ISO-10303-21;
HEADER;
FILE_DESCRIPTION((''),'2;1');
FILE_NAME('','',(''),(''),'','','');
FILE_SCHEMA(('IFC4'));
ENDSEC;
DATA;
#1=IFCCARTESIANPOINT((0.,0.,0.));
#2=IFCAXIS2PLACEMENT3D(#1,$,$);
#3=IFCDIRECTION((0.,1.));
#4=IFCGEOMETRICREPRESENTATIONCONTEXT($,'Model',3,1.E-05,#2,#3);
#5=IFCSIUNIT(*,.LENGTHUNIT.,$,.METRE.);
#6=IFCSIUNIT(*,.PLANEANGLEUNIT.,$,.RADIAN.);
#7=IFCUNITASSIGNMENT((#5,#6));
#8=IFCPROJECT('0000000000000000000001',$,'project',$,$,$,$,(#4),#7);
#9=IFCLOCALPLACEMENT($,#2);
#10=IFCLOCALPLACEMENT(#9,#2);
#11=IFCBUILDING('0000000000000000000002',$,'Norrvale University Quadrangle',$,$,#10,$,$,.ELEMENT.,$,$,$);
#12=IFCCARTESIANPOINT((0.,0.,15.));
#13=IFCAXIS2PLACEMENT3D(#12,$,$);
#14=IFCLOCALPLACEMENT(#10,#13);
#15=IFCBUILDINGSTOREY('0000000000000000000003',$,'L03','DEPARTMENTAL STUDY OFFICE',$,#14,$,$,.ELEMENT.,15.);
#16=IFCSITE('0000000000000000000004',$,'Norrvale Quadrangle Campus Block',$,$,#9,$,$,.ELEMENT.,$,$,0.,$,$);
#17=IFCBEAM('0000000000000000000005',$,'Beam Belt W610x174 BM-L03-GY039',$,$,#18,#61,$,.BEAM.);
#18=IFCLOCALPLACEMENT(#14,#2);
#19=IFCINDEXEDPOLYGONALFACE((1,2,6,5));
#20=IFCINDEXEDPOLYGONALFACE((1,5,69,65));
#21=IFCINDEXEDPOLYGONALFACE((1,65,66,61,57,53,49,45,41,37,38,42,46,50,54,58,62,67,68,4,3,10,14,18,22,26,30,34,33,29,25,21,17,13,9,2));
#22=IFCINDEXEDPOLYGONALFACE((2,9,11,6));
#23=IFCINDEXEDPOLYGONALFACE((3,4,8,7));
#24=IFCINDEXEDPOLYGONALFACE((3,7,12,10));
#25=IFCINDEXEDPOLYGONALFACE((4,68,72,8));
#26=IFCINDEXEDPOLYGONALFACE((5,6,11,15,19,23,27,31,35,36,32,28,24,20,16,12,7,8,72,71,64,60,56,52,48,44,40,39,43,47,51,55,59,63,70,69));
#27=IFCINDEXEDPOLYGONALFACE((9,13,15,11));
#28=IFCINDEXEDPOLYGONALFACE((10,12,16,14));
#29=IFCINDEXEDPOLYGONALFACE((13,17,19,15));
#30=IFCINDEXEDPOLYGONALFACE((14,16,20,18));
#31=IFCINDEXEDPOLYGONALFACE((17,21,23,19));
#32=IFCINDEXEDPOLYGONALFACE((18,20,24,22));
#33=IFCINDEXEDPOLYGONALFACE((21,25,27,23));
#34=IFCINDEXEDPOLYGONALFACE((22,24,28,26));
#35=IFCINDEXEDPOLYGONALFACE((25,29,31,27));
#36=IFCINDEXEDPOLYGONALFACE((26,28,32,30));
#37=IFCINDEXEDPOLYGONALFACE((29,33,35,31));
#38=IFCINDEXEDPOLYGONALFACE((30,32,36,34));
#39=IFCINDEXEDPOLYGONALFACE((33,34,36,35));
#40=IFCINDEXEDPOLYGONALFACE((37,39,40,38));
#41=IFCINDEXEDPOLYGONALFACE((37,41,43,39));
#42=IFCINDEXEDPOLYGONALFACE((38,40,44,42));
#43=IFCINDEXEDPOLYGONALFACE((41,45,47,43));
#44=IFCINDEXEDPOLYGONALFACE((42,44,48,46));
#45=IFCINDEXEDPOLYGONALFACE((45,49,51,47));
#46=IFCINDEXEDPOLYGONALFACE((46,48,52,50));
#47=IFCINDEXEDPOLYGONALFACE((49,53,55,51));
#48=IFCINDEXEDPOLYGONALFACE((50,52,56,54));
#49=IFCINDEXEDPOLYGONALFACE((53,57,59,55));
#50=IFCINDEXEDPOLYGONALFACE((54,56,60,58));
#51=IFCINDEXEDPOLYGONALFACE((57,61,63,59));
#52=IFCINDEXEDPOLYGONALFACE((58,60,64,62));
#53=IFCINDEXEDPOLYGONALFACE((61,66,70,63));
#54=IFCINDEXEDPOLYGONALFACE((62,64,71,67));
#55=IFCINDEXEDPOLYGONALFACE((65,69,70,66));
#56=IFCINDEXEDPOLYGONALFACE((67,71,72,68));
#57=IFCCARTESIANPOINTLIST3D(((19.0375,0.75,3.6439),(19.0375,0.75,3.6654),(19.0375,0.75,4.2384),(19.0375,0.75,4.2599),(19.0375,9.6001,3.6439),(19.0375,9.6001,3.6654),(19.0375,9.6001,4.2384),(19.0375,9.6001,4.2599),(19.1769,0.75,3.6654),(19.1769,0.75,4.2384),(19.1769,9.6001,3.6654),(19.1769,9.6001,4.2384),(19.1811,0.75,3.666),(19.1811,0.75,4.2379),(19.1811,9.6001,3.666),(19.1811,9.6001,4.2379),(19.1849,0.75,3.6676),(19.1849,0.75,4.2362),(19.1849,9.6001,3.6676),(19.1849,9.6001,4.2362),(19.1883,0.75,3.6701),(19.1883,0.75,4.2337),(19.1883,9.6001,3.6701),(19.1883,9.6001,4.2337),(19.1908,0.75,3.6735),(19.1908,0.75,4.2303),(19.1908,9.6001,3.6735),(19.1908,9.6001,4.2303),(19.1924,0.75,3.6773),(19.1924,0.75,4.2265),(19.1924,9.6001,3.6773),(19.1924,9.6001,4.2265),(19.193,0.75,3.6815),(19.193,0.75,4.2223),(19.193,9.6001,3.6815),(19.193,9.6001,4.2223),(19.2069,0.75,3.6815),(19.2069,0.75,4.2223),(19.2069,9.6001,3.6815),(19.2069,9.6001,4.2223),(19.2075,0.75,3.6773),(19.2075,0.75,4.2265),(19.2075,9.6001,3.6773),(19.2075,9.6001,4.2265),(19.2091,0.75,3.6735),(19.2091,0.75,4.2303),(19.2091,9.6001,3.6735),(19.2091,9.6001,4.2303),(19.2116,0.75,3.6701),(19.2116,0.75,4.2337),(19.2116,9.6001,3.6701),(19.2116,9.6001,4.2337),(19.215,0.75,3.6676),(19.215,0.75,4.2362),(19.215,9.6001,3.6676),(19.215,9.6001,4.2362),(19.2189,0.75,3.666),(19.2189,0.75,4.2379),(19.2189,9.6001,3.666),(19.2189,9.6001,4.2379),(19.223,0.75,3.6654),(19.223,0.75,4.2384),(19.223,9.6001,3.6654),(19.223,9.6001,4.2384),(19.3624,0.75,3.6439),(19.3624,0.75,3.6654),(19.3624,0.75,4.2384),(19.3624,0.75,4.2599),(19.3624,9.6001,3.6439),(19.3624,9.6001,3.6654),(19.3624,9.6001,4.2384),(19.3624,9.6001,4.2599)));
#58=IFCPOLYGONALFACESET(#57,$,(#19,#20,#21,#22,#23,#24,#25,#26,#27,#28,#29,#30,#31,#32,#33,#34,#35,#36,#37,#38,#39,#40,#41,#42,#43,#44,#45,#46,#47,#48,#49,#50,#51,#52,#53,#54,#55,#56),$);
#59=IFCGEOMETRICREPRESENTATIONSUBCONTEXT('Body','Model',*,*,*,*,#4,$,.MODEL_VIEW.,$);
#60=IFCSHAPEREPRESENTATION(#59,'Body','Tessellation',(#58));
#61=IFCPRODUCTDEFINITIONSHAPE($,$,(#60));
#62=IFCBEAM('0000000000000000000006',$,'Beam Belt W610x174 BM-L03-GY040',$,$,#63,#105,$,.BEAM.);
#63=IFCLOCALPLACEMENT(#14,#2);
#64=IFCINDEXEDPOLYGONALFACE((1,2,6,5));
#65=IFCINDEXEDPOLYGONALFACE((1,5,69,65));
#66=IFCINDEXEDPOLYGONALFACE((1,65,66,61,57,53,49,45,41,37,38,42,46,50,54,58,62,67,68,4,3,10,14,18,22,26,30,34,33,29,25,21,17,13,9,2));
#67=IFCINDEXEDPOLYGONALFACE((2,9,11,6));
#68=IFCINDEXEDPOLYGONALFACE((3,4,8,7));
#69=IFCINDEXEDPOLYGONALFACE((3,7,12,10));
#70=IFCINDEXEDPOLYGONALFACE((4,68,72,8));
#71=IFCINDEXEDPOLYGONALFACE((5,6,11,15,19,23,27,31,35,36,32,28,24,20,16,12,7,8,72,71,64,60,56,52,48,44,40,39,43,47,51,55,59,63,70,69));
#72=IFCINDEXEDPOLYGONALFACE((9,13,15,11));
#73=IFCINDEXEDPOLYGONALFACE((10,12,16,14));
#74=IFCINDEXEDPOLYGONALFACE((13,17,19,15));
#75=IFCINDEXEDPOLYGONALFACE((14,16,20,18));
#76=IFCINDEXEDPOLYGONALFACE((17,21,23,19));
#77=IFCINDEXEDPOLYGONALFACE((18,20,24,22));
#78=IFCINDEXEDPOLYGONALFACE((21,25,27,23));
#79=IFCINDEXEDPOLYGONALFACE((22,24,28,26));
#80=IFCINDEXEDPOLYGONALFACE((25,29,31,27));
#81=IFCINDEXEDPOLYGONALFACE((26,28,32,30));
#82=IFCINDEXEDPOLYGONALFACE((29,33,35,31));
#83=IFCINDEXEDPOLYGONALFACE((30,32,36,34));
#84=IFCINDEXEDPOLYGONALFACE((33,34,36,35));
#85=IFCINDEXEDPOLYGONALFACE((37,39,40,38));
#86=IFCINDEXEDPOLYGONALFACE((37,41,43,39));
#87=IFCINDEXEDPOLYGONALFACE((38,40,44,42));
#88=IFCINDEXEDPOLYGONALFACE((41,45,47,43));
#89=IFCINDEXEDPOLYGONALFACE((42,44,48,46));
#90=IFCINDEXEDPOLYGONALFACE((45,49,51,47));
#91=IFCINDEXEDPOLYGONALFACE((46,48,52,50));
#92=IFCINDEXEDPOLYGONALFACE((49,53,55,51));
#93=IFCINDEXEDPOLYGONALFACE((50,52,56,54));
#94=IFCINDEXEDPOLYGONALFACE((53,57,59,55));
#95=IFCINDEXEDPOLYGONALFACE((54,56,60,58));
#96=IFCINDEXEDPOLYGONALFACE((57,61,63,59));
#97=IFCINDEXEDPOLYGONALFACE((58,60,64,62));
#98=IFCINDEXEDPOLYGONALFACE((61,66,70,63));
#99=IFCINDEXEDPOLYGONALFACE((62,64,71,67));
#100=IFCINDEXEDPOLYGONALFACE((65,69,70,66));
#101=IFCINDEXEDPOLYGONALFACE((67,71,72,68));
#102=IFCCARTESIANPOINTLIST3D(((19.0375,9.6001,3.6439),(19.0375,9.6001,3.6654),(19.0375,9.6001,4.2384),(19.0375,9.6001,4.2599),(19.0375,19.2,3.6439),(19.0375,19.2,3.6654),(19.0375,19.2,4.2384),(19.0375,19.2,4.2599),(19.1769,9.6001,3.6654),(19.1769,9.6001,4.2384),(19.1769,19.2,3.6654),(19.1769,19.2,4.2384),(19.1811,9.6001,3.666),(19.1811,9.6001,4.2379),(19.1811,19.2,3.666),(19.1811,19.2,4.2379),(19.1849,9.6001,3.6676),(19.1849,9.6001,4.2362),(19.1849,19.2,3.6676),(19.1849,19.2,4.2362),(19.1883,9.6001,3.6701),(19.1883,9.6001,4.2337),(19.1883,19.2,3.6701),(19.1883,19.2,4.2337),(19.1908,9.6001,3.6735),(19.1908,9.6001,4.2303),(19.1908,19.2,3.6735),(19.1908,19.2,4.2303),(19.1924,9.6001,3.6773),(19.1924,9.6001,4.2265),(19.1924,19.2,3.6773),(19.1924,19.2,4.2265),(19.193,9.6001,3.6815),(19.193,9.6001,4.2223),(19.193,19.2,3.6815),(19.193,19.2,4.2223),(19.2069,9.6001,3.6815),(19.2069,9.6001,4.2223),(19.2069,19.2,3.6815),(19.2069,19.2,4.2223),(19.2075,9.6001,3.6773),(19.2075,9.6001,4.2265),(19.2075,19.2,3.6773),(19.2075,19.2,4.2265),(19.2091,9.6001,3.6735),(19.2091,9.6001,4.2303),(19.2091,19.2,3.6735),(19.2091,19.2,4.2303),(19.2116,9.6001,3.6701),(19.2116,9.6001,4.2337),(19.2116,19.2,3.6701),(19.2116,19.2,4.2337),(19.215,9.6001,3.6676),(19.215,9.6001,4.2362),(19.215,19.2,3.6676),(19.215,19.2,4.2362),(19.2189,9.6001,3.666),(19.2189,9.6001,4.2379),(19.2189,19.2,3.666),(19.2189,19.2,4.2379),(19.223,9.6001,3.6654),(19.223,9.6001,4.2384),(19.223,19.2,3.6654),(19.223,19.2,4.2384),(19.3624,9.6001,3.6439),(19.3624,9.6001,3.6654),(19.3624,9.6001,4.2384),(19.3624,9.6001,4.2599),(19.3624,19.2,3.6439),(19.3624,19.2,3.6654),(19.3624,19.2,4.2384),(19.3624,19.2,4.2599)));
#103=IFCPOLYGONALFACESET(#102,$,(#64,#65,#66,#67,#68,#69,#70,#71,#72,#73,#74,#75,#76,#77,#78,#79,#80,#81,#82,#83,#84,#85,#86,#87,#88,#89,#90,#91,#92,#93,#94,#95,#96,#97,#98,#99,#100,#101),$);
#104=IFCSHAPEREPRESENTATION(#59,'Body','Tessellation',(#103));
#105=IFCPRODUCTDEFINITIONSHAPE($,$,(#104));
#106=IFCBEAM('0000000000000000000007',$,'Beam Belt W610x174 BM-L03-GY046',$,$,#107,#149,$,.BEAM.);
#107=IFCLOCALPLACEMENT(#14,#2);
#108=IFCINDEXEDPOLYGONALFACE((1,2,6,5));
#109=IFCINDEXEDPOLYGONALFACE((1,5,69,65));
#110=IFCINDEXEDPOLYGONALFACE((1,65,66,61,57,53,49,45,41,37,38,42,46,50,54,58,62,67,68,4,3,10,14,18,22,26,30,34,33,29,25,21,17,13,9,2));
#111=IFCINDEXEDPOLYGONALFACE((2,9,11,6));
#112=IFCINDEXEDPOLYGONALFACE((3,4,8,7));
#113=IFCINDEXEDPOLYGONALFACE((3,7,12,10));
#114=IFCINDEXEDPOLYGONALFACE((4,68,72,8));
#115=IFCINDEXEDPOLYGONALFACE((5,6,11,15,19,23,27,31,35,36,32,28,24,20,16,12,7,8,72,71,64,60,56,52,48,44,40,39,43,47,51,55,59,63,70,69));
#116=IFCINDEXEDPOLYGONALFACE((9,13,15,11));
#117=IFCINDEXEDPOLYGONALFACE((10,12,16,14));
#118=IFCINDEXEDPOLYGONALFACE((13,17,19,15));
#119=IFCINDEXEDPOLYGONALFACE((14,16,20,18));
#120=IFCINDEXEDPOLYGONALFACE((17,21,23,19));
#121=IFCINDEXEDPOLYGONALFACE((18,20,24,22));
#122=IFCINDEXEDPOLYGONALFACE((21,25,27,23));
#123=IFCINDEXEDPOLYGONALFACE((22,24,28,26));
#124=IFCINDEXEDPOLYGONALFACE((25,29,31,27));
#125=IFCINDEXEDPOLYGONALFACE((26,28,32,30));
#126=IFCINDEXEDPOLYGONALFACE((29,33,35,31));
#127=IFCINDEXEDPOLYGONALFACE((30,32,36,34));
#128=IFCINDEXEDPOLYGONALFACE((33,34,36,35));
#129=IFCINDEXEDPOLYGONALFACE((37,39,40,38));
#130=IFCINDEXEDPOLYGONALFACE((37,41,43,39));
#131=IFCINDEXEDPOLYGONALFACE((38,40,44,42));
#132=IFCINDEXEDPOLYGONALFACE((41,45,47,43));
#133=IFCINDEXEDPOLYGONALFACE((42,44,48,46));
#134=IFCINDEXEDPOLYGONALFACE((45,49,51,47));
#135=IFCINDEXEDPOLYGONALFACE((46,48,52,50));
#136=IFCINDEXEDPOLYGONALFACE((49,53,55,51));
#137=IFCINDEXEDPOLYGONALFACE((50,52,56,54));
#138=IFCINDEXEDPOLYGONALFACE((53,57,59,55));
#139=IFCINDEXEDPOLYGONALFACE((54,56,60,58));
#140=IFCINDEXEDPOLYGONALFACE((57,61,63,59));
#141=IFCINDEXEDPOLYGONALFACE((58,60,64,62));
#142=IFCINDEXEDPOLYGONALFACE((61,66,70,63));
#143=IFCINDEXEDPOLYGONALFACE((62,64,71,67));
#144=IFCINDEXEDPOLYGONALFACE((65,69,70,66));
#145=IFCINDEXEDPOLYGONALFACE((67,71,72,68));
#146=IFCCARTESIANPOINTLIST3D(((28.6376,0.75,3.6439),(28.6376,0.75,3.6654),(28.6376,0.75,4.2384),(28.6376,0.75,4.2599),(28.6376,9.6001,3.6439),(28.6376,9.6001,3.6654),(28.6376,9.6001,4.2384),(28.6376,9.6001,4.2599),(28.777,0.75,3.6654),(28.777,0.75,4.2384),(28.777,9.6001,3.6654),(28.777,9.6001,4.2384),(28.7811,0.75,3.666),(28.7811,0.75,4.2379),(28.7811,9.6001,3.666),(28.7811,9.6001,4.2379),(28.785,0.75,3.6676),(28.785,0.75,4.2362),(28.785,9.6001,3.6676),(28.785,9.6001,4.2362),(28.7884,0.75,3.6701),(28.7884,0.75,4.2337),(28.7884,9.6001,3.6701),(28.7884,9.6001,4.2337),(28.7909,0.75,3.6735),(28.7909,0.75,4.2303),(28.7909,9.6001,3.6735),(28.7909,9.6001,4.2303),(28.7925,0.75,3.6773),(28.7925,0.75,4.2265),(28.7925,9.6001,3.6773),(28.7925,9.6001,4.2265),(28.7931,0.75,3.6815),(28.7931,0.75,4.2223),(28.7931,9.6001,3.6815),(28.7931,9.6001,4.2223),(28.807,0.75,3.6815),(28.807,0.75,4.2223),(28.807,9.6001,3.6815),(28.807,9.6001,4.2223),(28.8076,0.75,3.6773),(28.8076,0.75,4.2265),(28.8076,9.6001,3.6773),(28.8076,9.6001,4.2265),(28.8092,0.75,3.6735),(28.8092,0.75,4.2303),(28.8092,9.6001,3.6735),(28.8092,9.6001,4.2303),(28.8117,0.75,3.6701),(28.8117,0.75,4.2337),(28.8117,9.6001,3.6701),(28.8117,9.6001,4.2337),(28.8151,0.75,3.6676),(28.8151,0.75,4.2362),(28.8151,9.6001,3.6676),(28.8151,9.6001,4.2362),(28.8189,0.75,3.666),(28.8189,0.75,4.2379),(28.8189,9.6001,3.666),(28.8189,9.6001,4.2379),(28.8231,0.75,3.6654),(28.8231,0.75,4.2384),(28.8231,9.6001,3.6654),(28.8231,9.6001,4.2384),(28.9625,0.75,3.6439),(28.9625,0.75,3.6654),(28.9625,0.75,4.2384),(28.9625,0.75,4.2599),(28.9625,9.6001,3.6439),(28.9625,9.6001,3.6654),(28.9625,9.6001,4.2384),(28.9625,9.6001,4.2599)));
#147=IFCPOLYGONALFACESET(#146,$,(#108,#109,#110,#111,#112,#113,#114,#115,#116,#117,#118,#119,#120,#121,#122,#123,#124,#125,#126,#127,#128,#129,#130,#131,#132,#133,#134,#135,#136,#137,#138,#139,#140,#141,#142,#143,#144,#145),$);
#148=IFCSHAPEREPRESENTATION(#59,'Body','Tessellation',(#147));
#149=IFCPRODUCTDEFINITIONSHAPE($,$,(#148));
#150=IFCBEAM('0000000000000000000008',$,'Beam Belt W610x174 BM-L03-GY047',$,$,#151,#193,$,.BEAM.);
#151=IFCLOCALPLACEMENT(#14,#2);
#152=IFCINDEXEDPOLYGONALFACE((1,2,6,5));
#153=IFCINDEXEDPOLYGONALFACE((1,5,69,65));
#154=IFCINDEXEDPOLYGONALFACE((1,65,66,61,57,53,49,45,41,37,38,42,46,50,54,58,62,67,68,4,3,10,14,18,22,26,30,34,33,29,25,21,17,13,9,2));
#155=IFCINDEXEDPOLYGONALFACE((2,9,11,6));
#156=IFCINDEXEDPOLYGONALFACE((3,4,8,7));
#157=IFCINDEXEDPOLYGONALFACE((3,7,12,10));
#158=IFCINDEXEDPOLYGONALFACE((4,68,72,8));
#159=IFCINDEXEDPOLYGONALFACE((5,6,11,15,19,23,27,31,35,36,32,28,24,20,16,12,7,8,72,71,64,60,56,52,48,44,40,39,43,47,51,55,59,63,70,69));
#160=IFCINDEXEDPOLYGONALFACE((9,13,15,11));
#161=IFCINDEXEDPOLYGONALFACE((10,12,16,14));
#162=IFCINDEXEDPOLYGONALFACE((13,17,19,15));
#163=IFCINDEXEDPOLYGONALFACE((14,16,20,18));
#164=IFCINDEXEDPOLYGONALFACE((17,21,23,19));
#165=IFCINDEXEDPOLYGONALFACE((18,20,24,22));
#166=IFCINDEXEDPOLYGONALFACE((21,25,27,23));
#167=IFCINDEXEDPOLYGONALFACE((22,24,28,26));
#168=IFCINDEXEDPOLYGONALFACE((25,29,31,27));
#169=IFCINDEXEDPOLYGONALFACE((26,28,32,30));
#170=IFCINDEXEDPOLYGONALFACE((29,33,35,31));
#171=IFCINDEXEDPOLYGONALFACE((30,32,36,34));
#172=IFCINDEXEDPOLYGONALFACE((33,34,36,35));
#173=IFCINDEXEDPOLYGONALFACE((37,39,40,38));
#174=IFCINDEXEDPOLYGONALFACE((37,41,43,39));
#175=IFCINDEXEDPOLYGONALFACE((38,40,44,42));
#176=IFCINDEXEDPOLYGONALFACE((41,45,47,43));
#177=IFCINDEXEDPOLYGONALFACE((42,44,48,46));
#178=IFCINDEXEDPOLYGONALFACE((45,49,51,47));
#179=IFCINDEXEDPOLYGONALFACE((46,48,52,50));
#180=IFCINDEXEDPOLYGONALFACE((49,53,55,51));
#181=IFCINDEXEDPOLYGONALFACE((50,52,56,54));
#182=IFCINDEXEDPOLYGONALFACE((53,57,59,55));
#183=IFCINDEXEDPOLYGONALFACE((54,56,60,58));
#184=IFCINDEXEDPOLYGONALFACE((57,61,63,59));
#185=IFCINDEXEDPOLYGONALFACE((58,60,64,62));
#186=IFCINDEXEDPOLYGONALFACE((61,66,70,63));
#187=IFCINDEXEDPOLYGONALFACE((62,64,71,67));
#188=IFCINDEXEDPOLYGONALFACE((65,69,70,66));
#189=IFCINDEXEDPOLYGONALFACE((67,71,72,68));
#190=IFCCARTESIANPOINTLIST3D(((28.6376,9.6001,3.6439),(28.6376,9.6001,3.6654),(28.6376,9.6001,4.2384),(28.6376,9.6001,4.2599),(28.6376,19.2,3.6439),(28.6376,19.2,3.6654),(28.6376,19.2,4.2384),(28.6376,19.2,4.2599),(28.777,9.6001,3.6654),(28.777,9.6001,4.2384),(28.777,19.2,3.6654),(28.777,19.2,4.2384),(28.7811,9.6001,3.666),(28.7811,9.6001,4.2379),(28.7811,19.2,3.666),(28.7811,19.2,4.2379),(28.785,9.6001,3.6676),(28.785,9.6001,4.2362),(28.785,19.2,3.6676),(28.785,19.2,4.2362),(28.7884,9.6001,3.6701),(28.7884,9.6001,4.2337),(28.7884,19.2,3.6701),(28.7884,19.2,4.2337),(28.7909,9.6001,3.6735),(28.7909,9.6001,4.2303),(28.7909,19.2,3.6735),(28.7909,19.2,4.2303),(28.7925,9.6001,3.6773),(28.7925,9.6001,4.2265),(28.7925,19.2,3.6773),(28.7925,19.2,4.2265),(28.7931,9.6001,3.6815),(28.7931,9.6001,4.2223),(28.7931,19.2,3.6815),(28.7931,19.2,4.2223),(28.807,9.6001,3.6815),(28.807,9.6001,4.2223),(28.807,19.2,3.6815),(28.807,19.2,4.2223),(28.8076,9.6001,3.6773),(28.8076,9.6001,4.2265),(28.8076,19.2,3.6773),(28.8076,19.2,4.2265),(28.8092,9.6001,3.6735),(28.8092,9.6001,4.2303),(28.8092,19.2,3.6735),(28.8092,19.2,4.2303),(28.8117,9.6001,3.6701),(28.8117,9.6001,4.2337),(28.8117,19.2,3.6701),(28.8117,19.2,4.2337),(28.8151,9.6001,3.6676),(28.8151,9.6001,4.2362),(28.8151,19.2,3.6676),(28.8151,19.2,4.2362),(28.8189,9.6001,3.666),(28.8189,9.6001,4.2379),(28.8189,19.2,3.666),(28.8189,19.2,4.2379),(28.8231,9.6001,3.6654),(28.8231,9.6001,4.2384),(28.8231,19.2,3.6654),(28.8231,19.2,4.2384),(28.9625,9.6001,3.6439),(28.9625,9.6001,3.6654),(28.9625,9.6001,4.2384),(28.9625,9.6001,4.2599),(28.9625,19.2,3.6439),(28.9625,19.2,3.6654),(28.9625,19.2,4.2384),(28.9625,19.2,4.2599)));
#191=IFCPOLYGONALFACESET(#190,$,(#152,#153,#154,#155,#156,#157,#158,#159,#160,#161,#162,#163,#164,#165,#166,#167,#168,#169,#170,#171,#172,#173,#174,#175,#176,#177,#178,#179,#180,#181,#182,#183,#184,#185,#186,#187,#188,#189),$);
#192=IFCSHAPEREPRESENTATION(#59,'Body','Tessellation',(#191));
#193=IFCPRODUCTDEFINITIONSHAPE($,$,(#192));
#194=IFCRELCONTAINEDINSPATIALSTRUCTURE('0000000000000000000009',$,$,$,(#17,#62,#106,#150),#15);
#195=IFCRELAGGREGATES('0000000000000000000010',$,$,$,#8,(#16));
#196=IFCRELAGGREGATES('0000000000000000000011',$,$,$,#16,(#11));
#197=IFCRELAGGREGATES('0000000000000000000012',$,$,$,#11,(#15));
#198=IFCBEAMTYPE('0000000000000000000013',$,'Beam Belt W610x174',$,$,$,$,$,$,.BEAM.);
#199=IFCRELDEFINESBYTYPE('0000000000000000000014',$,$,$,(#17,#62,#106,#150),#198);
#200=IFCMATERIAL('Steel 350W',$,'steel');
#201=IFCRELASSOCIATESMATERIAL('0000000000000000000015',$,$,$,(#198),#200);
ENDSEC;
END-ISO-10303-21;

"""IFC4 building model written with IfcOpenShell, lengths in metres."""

from ifc_helpers import new_model, si_unit, direction, frame, origin, origin_2d, place, context, subcontext, project, spatial, i_section, extrude, material, material_profile, profile_set, type_object, element, save


model = new_model("IFC4")

# Units and contexts
model_context = context("Model", 3, precision=1e-05, world=origin(), true_north=direction((0.0, 1.0)))
body_context = subcontext(model_context, "Body", "Model", "MODEL_VIEW")
ifc_project = project(units=[si_unit("LENGTHUNIT", "METRE"), si_unit("PLANEANGLEUNIT", "RADIAN")], contexts=[model_context])

# Site, building, storey
site_placement = place(None, origin())
site = spatial("IfcSite", under=ifc_project, at=site_placement, Name="Norrvale Quadrangle Campus Block", CompositionType="ELEMENT", RefElevation=0.0)
building_placement = place(site_placement, origin())
building = spatial("IfcBuilding", under=site, at=building_placement, Name="Norrvale University Quadrangle", CompositionType="ELEMENT")
storey_placement = place(building_placement, frame((0.0, 0.0, 15.0)))
storey = spatial("IfcBuildingStorey", under=building, at=storey_placement, Name="L03", Description="DEPARTMENTAL STUDY OFFICE", CompositionType="ELEMENT", Elevation=15.0)

# Beams
ifc_material_1 = material(Name="Steel 350W", Category="steel")
ifc_material_profile_1 = material_profile(ifc_material_1, i_section(OverallWidth=0.325, OverallDepth=0.616, WebThickness=0.0139, FlangeThickness=0.0215, FilletRadius=0.0161, at=origin_2d()), Name="Steel 350W")
ifc_profile_set_1 = profile_set([ifc_material_profile_1], Name="Steel 350W")
beam_type_1 = type_object("IfcBeamType", Name="Beam Belt W610x174", PredefinedType="BEAM", material=ifc_profile_set_1)
beam_1_placement = place(storey_placement, frame((19.2, 0.75, 3.9519), z_axis=(0.0, 1.0, 0.0), x_axis=(-1.0, 0.0, 0.0)))
element("IfcBeam", 1, at=beam_1_placement, inside=storey, type_object=beam_type_1, Name="Beam Belt W610x174 BM-L03-GY039", PredefinedType="BEAM", context=body_context, shape_type="SweptSolid", body=[
    extrude(i_section(OverallWidth=0.325, OverallDepth=0.616, WebThickness=0.0139, FlangeThickness=0.0215, FilletRadius=0.0161, at=origin_2d()), origin(), (0.0, 0.0, 1.0), 8.8501),
])
beam_2_placement = place(storey_placement, frame((19.2, 9.6001, 3.9519), z_axis=(0.0, 1.0, 0.0), x_axis=(-1.0, 0.0, 0.0)))
element("IfcBeam", 2, at=beam_2_placement, inside=storey, type_object=beam_type_1, Name="Beam Belt W610x174 BM-L03-GY040", PredefinedType="BEAM", context=body_context, shape_type="SweptSolid", body=[
    extrude(i_section(OverallWidth=0.325, OverallDepth=0.616, WebThickness=0.0139, FlangeThickness=0.0215, FilletRadius=0.0161, at=origin_2d()), origin(), (0.0, 0.0, 1.0), 9.5999),
])
beam_3_placement = place(storey_placement, frame((28.8, 0.75, 3.9519), z_axis=(0.0, 1.0, 0.0), x_axis=(-1.0, 0.0, 0.0)))
element("IfcBeam", 3, at=beam_3_placement, inside=storey, type_object=beam_type_1, Name="Beam Belt W610x174 BM-L03-GY046", PredefinedType="BEAM", context=body_context, shape_type="SweptSolid", body=[
    extrude(i_section(OverallWidth=0.325, OverallDepth=0.616, WebThickness=0.0139, FlangeThickness=0.0215, FilletRadius=0.0161, at=origin_2d()), origin(), (0.0, 0.0, 1.0), 8.8501),
])
beam_4_placement = place(storey_placement, frame((28.8, 9.6001, 3.9519), z_axis=(0.0, 1.0, 0.0), x_axis=(-1.0, 0.0, 0.0)))
element("IfcBeam", 4, at=beam_4_placement, inside=storey, type_object=beam_type_1, Name="Beam Belt W610x174 BM-L03-GY047", PredefinedType="BEAM", context=body_context, shape_type="SweptSolid", body=[
    extrude(i_section(OverallWidth=0.325, OverallDepth=0.616, WebThickness=0.0139, FlangeThickness=0.0215, FilletRadius=0.0161, at=origin_2d()), origin(), (0.0, 0.0, 1.0), 9.5999),
])

save(model, "model.ifc")
